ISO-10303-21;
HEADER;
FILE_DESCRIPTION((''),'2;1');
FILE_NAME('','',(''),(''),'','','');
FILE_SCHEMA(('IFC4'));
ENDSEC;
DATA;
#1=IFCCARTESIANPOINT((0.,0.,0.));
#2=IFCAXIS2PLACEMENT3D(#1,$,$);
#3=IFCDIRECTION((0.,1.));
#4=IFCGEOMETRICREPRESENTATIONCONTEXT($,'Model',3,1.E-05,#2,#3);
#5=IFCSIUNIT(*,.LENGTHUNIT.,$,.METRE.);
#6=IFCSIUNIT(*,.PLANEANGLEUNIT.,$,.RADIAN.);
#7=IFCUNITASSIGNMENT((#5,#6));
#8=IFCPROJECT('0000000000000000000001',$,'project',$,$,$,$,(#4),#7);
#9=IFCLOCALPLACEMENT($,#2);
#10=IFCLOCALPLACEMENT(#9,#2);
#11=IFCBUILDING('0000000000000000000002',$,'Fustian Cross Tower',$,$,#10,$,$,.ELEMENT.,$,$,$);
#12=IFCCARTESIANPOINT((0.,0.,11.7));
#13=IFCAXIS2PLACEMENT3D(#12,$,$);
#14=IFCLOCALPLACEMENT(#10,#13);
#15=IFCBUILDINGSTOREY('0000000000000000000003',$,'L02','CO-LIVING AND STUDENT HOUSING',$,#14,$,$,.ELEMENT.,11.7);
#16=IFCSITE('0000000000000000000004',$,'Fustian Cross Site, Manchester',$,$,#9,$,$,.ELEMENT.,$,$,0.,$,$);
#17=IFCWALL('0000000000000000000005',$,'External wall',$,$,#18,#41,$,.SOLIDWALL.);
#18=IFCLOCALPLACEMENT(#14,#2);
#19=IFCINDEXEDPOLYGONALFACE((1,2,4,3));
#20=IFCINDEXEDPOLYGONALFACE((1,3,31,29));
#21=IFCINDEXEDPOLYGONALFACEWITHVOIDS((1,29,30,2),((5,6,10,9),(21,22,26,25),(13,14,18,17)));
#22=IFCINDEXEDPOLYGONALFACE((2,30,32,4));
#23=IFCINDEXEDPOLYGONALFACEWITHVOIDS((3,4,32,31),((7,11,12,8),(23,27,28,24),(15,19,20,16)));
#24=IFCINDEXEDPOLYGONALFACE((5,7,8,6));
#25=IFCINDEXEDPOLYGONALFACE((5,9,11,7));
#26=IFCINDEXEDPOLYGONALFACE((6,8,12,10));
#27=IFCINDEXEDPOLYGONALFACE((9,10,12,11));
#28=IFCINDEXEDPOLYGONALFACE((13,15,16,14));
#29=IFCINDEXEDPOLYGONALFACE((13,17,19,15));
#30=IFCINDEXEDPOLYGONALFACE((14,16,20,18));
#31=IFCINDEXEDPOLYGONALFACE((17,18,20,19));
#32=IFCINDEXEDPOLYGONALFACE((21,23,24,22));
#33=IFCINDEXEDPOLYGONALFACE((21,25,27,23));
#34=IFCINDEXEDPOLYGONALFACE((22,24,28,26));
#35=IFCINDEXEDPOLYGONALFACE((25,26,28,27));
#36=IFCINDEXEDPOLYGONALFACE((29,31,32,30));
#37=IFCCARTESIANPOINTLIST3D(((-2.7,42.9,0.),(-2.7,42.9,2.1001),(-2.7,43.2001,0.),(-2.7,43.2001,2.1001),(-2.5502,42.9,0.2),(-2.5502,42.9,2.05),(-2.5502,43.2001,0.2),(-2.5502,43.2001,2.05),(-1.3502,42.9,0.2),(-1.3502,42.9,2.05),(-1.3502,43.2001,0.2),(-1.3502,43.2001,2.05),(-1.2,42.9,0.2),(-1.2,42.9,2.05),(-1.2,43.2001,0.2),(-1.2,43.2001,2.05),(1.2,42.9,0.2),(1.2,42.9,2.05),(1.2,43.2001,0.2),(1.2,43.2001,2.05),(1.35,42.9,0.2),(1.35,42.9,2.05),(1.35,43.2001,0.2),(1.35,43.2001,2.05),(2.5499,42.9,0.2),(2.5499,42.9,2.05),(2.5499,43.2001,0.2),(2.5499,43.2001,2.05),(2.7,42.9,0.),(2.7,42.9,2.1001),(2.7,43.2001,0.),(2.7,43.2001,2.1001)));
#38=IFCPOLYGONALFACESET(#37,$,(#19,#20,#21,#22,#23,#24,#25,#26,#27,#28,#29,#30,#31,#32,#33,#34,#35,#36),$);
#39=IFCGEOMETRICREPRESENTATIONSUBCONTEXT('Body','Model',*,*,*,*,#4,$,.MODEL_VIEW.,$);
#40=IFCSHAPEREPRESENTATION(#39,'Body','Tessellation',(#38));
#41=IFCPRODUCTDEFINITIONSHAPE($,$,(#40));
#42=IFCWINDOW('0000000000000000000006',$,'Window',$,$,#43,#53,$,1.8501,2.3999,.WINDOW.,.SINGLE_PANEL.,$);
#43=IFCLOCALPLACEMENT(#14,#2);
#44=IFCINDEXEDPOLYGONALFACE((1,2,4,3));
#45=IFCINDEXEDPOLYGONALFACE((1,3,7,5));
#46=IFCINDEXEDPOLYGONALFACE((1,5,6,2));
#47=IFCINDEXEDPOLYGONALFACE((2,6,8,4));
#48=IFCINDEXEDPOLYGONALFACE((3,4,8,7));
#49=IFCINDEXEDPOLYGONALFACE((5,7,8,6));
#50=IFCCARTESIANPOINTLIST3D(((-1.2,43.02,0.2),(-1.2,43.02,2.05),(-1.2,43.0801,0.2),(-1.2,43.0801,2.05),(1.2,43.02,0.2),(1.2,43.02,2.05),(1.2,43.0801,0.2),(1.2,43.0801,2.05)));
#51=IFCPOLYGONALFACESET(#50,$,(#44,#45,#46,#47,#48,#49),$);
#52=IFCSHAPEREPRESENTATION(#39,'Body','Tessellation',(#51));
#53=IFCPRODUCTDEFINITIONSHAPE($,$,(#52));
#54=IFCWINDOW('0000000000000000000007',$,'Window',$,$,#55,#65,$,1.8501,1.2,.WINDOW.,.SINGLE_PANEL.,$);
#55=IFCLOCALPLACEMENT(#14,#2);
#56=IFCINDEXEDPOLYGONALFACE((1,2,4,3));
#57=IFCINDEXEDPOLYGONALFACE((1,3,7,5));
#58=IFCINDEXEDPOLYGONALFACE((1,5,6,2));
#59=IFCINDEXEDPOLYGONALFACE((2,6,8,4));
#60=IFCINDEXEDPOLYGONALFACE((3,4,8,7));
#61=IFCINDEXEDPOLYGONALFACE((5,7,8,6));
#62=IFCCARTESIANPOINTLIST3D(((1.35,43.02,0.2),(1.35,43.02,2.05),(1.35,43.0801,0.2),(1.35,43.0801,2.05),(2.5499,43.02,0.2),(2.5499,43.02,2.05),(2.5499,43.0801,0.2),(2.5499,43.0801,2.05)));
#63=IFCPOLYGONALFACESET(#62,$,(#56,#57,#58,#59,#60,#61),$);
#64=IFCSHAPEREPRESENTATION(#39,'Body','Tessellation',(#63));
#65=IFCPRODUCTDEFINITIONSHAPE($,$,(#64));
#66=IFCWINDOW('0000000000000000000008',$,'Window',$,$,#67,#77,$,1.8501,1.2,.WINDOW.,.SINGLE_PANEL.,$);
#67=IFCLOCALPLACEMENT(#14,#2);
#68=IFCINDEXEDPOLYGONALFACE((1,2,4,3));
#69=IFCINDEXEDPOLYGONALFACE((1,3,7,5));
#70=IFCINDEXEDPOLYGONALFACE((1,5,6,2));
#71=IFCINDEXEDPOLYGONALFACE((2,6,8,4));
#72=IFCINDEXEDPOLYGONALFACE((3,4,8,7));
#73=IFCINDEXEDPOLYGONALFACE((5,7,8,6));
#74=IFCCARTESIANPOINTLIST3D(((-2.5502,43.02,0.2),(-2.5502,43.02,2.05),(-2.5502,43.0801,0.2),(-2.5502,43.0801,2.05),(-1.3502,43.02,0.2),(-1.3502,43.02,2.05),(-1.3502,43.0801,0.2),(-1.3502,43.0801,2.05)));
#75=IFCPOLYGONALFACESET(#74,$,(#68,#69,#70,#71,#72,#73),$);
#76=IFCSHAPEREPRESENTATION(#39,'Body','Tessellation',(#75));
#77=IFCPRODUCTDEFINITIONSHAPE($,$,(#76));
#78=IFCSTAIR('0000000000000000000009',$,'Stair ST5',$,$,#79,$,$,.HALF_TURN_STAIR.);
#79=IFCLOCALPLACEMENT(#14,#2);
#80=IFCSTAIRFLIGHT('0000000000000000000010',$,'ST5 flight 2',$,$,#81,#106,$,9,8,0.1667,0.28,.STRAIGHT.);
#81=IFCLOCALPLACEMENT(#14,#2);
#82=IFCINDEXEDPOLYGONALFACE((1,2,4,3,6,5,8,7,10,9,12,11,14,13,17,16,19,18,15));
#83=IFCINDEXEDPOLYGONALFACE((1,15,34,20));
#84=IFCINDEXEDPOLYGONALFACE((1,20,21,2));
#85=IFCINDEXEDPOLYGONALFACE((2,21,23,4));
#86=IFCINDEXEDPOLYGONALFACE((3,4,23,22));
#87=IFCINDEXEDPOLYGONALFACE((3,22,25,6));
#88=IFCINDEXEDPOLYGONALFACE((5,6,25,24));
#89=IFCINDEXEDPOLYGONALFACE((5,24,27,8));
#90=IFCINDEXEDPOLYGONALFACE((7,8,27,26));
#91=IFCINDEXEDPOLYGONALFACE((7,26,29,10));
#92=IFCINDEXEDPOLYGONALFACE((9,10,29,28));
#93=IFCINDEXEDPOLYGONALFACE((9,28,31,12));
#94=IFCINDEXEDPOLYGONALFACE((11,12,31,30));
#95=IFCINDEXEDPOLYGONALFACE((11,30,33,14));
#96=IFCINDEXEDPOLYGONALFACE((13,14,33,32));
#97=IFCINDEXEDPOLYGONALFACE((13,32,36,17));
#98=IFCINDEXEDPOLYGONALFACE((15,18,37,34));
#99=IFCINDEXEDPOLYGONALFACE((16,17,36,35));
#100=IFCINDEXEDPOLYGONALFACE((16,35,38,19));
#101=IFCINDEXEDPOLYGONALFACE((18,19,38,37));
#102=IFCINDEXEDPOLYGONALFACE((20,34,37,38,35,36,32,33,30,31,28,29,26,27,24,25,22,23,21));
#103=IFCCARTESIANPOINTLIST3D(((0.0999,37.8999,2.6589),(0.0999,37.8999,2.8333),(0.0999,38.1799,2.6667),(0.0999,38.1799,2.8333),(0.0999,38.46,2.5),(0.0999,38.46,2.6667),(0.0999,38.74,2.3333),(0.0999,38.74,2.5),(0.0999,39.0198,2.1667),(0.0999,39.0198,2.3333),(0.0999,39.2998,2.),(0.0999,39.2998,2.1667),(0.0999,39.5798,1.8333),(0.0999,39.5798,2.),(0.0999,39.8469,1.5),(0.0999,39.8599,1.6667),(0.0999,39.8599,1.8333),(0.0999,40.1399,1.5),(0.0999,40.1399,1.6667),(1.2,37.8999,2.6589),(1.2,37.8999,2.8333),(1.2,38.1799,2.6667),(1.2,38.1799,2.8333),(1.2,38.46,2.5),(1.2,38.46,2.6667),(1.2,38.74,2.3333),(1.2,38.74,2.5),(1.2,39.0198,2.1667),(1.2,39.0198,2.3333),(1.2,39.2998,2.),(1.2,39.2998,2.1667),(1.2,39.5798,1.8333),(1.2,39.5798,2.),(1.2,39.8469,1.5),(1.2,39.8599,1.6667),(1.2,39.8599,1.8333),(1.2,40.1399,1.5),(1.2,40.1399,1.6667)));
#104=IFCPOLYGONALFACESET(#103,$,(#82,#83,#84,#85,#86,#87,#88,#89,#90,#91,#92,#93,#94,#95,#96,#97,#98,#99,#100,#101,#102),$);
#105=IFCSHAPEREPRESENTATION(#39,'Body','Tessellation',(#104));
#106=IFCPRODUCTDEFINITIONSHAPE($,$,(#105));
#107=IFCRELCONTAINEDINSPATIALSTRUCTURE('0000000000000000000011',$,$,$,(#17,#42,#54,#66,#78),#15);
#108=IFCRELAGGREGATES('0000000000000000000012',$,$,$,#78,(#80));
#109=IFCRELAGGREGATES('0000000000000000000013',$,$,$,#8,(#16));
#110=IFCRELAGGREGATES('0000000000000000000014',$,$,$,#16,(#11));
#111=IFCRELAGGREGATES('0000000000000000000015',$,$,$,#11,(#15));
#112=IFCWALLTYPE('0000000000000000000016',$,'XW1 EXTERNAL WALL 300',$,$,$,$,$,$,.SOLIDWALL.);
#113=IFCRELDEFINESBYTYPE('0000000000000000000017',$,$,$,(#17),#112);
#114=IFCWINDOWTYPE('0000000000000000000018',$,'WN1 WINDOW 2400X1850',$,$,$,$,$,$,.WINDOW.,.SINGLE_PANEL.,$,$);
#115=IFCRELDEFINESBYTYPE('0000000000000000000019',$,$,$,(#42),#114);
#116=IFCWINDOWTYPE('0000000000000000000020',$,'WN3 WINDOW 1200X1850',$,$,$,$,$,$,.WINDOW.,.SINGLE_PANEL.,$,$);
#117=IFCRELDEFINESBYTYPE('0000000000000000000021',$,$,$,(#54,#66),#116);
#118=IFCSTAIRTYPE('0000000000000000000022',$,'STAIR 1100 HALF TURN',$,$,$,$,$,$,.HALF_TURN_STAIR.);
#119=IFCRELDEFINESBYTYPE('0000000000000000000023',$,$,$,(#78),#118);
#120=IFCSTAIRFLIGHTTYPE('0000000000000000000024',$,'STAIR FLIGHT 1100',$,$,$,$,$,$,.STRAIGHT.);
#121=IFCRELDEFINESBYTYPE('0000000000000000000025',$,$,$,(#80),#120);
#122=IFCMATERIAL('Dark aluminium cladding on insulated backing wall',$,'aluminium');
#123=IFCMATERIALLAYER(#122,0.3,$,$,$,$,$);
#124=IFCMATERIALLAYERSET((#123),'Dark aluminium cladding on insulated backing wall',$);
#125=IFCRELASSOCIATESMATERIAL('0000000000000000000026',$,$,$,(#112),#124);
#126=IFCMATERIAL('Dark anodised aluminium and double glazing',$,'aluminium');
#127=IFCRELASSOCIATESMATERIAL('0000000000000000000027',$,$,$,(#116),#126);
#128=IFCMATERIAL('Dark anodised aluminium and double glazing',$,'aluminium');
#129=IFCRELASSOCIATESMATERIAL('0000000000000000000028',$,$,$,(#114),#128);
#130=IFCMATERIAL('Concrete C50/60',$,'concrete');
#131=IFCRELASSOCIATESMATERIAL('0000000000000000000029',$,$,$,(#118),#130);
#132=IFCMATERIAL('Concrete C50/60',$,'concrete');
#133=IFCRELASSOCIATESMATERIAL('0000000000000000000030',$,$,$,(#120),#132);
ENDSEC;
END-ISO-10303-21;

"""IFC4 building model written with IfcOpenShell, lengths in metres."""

from ifc_helpers import new_model, si_unit, direction, frame, frame_2d, origin, place, context, subcontext, project, spatial, polyline, rectangle, outline, extrude, material, layer, layer_set, type_object, element, fill, aggregate, save


model = new_model("IFC4")

# Units and contexts
model_context = context("Model", 3, precision=1e-05, world=origin(), true_north=direction((0.0, 1.0)))
body_context = subcontext(model_context, "Body", "Model", "MODEL_VIEW")
ifc_project = project(units=[si_unit("LENGTHUNIT", "METRE"), si_unit("PLANEANGLEUNIT", "RADIAN")], contexts=[model_context])

# Site, building, storey
site_placement = place(None, origin())
site = spatial("IfcSite", under=ifc_project, at=site_placement, Name="Fustian Cross Site, Manchester", CompositionType="ELEMENT", RefElevation=0.0)
building_placement = place(site_placement, origin())
building = spatial("IfcBuilding", under=site, at=building_placement, Name="Fustian Cross Tower", CompositionType="ELEMENT")
storey_placement = place(building_placement, frame((0.0, 0.0, 11.7)))
storey = spatial("IfcBuildingStorey", under=building, at=storey_placement, Name="L02", Description="CO-LIVING AND STUDENT HOUSING", CompositionType="ELEMENT", Elevation=11.7)

# Shared definitions
ifc_material_1 = material(Name="Dark aluminium cladding on insulated backing wall", Category="aluminium")
ifc_layer_1 = layer(ifc_material_1, 0.3)
ifc_layer_set_1 = layer_set([ifc_layer_1], Name="Dark aluminium cladding on insulated backing wall")
wall_type_1 = type_object("IfcWallType", Name="XW1 EXTERNAL WALL 300", PredefinedType="SOLIDWALL", material=ifc_layer_set_1)
ifc_material_2 = material(Name="Dark anodised aluminium and double glazing", Category="aluminium")
window_type_1 = type_object("IfcWindowType", Name="WN3 WINDOW 1200X1850", PartitioningType="SINGLE_PANEL", PredefinedType="WINDOW", material=ifc_material_2)

# Wall, openings, windows
wall_1_placement = place(storey_placement, frame((2.7, 43.05, 0.0), z_axis=(0.0, 0.0, 1.0), x_axis=(-1.0, 0.0, 0.0)))
wall_1 = element("IfcWall", 1, at=wall_1_placement, inside=storey, type_object=wall_type_1, Name="External wall", PredefinedType="SOLIDWALL", context=body_context, shape_type="SweptSolid", body=[
    extrude(rectangle(XDim=5.3999, YDim=0.3, at=frame_2d((2.7, 0.0))), origin(), (0.0, 0.0, 1.0), 2.1001),
])
opening_1_placement = place(wall_1_placement, frame((1.5, 0.0, 0.2)))
opening_1 = element("IfcOpeningElement", 2, at=opening_1_placement, cuts=wall_1, PredefinedType="OPENING", context=body_context, shape_type="SweptSolid", body=[
    extrude(rectangle(XDim=2.3999, YDim=1.8501, at=frame_2d((1.2, 0.925))), frame((0.0, 0.1599, 0.0), z_axis=(0.0, -1.0, 0.0), x_axis=(1.0, 0.0, 0.0)), (0.0, 0.0, 1.0), 0.3201),
])
opening_2_placement = place(wall_1_placement, frame((0.1499, 0.0, 0.2)))
opening_2 = element("IfcOpeningElement", 3, at=opening_2_placement, cuts=wall_1, PredefinedType="OPENING", context=body_context, shape_type="SweptSolid", body=[
    extrude(rectangle(XDim=1.2, YDim=1.8501, at=frame_2d((0.6001, 0.925))), frame((0.0, 0.1599, 0.0), z_axis=(0.0, -1.0, 0.0), x_axis=(1.0, 0.0, 0.0)), (0.0, 0.0, 1.0), 0.3201),
])
opening_3_placement = place(wall_1_placement, frame((4.05, 0.0, 0.2)))
opening_3 = element("IfcOpeningElement", 4, at=opening_3_placement, cuts=wall_1, PredefinedType="OPENING", context=body_context, shape_type="SweptSolid", body=[
    extrude(rectangle(XDim=1.2, YDim=1.8501, at=frame_2d((0.6001, 0.925))), frame((0.0, 0.1599, 0.0), z_axis=(0.0, -1.0, 0.0), x_axis=(1.0, 0.0, 0.0)), (0.0, 0.0, 1.0), 0.3201),
])
ifc_material_3 = material(Name="Dark anodised aluminium and double glazing", Category="aluminium")
window_type_2 = type_object("IfcWindowType", Name="WN1 WINDOW 2400X1850", PartitioningType="SINGLE_PANEL", PredefinedType="WINDOW", material=ifc_material_3)
window_1_placement = place(opening_1_placement, origin())
window_1 = element("IfcWindow", 5, at=window_1_placement, inside=storey, type_object=window_type_2, Name="Window", OverallHeight=1.8501, OverallWidth=2.3999, PartitioningType="SINGLE_PANEL", PredefinedType="WINDOW", context=body_context, shape_type="SweptSolid", body=[
    extrude(rectangle(XDim=2.3999, YDim=1.8501, at=frame_2d((1.2, 0.925))), frame((0.0, 0.03, 0.0), z_axis=(0.0, -1.0, 0.0), x_axis=(1.0, 0.0, 0.0)), (0.0, 0.0, 1.0), 0.0601),
])
fill(opening_1, window_1)
window_2_placement = place(opening_2_placement, origin())
window_2 = element("IfcWindow", 6, at=window_2_placement, inside=storey, type_object=window_type_1, Name="Window", OverallHeight=1.8501, OverallWidth=1.2, PartitioningType="SINGLE_PANEL", PredefinedType="WINDOW", context=body_context, shape_type="SweptSolid", body=[
    extrude(rectangle(XDim=1.2, YDim=1.8501, at=frame_2d((0.6001, 0.925))), frame((0.0, 0.03, 0.0), z_axis=(0.0, -1.0, 0.0), x_axis=(1.0, 0.0, 0.0)), (0.0, 0.0, 1.0), 0.0601),
])
fill(opening_2, window_2)
window_3_placement = place(opening_3_placement, origin())
window_3 = element("IfcWindow", 7, at=window_3_placement, inside=storey, type_object=window_type_1, Name="Window", OverallHeight=1.8501, OverallWidth=1.2, PartitioningType="SINGLE_PANEL", PredefinedType="WINDOW", context=body_context, shape_type="SweptSolid", body=[
    extrude(rectangle(XDim=1.2, YDim=1.8501, at=frame_2d((0.6001, 0.925))), frame((0.0, 0.03, 0.0), z_axis=(0.0, -1.0, 0.0), x_axis=(1.0, 0.0, 0.0)), (0.0, 0.0, 1.0), 0.0601),
])
fill(opening_3, window_3)

# Stair, stair flight
ifc_material_4 = material(Name="Concrete C50/60", Category="concrete")
stair_type = type_object("IfcStairType", Name="STAIR 1100 HALF TURN", PredefinedType="HALF_TURN_STAIR", material=ifc_material_4)
stair_placement = place(storey_placement, origin())
stair = element("IfcStair", 8, at=stair_placement, inside=storey, type_object=stair_type, Name="Stair ST5", PredefinedType="HALF_TURN_STAIR")
ifc_material_5 = material(Name="Concrete C50/60", Category="concrete")
stair_flight_type = type_object("IfcStairFlightType", Name="STAIR FLIGHT 1100", PredefinedType="STRAIGHT", material=ifc_material_5)
stair_flight_placement = place(storey_placement, frame((0.6499, 40.1399, 1.5), z_axis=(0.0, 0.0, 1.0), x_axis=(0.0, -1.0, 0.0)))
stair_flight = element("IfcStairFlight", 9, at=stair_flight_placement, type_object=stair_flight_type, Name="ST5 flight 2", NumberOfRisers=9, NumberOfTreads=8, PredefinedType="STRAIGHT", RiserHeight=0.1667, TreadLength=0.28, context=body_context, shape_type="SweptSolid", body=[
    extrude(outline(polyline([(0.0, 0.0), (0.0, 0.1667), (0.28, 0.1667), (0.28, 0.3333), (0.5601, 0.3333), (0.5601, 0.5), (0.8401, 0.5), (0.8401, 0.6667), (1.1201, 0.6667), (1.1201, 0.8333), (1.3999, 0.8333), (1.3999, 1.0), (1.6799, 1.0), (1.6799, 1.1667), (1.96, 1.1667), (1.96, 1.3333), (2.24, 1.3333), (2.24, 1.5), (2.24, 1.1589), (0.293, 0.0), (0.0, 0.0)])), frame((0.0, 0.55, 0.0), z_axis=(0.0, -1.0, 0.0), x_axis=(1.0, 0.0, 0.0)), (0.0, 0.0, 1.0), 1.1001),
])
aggregate(stair, [stair_flight])

save(model, "model.ifc")
